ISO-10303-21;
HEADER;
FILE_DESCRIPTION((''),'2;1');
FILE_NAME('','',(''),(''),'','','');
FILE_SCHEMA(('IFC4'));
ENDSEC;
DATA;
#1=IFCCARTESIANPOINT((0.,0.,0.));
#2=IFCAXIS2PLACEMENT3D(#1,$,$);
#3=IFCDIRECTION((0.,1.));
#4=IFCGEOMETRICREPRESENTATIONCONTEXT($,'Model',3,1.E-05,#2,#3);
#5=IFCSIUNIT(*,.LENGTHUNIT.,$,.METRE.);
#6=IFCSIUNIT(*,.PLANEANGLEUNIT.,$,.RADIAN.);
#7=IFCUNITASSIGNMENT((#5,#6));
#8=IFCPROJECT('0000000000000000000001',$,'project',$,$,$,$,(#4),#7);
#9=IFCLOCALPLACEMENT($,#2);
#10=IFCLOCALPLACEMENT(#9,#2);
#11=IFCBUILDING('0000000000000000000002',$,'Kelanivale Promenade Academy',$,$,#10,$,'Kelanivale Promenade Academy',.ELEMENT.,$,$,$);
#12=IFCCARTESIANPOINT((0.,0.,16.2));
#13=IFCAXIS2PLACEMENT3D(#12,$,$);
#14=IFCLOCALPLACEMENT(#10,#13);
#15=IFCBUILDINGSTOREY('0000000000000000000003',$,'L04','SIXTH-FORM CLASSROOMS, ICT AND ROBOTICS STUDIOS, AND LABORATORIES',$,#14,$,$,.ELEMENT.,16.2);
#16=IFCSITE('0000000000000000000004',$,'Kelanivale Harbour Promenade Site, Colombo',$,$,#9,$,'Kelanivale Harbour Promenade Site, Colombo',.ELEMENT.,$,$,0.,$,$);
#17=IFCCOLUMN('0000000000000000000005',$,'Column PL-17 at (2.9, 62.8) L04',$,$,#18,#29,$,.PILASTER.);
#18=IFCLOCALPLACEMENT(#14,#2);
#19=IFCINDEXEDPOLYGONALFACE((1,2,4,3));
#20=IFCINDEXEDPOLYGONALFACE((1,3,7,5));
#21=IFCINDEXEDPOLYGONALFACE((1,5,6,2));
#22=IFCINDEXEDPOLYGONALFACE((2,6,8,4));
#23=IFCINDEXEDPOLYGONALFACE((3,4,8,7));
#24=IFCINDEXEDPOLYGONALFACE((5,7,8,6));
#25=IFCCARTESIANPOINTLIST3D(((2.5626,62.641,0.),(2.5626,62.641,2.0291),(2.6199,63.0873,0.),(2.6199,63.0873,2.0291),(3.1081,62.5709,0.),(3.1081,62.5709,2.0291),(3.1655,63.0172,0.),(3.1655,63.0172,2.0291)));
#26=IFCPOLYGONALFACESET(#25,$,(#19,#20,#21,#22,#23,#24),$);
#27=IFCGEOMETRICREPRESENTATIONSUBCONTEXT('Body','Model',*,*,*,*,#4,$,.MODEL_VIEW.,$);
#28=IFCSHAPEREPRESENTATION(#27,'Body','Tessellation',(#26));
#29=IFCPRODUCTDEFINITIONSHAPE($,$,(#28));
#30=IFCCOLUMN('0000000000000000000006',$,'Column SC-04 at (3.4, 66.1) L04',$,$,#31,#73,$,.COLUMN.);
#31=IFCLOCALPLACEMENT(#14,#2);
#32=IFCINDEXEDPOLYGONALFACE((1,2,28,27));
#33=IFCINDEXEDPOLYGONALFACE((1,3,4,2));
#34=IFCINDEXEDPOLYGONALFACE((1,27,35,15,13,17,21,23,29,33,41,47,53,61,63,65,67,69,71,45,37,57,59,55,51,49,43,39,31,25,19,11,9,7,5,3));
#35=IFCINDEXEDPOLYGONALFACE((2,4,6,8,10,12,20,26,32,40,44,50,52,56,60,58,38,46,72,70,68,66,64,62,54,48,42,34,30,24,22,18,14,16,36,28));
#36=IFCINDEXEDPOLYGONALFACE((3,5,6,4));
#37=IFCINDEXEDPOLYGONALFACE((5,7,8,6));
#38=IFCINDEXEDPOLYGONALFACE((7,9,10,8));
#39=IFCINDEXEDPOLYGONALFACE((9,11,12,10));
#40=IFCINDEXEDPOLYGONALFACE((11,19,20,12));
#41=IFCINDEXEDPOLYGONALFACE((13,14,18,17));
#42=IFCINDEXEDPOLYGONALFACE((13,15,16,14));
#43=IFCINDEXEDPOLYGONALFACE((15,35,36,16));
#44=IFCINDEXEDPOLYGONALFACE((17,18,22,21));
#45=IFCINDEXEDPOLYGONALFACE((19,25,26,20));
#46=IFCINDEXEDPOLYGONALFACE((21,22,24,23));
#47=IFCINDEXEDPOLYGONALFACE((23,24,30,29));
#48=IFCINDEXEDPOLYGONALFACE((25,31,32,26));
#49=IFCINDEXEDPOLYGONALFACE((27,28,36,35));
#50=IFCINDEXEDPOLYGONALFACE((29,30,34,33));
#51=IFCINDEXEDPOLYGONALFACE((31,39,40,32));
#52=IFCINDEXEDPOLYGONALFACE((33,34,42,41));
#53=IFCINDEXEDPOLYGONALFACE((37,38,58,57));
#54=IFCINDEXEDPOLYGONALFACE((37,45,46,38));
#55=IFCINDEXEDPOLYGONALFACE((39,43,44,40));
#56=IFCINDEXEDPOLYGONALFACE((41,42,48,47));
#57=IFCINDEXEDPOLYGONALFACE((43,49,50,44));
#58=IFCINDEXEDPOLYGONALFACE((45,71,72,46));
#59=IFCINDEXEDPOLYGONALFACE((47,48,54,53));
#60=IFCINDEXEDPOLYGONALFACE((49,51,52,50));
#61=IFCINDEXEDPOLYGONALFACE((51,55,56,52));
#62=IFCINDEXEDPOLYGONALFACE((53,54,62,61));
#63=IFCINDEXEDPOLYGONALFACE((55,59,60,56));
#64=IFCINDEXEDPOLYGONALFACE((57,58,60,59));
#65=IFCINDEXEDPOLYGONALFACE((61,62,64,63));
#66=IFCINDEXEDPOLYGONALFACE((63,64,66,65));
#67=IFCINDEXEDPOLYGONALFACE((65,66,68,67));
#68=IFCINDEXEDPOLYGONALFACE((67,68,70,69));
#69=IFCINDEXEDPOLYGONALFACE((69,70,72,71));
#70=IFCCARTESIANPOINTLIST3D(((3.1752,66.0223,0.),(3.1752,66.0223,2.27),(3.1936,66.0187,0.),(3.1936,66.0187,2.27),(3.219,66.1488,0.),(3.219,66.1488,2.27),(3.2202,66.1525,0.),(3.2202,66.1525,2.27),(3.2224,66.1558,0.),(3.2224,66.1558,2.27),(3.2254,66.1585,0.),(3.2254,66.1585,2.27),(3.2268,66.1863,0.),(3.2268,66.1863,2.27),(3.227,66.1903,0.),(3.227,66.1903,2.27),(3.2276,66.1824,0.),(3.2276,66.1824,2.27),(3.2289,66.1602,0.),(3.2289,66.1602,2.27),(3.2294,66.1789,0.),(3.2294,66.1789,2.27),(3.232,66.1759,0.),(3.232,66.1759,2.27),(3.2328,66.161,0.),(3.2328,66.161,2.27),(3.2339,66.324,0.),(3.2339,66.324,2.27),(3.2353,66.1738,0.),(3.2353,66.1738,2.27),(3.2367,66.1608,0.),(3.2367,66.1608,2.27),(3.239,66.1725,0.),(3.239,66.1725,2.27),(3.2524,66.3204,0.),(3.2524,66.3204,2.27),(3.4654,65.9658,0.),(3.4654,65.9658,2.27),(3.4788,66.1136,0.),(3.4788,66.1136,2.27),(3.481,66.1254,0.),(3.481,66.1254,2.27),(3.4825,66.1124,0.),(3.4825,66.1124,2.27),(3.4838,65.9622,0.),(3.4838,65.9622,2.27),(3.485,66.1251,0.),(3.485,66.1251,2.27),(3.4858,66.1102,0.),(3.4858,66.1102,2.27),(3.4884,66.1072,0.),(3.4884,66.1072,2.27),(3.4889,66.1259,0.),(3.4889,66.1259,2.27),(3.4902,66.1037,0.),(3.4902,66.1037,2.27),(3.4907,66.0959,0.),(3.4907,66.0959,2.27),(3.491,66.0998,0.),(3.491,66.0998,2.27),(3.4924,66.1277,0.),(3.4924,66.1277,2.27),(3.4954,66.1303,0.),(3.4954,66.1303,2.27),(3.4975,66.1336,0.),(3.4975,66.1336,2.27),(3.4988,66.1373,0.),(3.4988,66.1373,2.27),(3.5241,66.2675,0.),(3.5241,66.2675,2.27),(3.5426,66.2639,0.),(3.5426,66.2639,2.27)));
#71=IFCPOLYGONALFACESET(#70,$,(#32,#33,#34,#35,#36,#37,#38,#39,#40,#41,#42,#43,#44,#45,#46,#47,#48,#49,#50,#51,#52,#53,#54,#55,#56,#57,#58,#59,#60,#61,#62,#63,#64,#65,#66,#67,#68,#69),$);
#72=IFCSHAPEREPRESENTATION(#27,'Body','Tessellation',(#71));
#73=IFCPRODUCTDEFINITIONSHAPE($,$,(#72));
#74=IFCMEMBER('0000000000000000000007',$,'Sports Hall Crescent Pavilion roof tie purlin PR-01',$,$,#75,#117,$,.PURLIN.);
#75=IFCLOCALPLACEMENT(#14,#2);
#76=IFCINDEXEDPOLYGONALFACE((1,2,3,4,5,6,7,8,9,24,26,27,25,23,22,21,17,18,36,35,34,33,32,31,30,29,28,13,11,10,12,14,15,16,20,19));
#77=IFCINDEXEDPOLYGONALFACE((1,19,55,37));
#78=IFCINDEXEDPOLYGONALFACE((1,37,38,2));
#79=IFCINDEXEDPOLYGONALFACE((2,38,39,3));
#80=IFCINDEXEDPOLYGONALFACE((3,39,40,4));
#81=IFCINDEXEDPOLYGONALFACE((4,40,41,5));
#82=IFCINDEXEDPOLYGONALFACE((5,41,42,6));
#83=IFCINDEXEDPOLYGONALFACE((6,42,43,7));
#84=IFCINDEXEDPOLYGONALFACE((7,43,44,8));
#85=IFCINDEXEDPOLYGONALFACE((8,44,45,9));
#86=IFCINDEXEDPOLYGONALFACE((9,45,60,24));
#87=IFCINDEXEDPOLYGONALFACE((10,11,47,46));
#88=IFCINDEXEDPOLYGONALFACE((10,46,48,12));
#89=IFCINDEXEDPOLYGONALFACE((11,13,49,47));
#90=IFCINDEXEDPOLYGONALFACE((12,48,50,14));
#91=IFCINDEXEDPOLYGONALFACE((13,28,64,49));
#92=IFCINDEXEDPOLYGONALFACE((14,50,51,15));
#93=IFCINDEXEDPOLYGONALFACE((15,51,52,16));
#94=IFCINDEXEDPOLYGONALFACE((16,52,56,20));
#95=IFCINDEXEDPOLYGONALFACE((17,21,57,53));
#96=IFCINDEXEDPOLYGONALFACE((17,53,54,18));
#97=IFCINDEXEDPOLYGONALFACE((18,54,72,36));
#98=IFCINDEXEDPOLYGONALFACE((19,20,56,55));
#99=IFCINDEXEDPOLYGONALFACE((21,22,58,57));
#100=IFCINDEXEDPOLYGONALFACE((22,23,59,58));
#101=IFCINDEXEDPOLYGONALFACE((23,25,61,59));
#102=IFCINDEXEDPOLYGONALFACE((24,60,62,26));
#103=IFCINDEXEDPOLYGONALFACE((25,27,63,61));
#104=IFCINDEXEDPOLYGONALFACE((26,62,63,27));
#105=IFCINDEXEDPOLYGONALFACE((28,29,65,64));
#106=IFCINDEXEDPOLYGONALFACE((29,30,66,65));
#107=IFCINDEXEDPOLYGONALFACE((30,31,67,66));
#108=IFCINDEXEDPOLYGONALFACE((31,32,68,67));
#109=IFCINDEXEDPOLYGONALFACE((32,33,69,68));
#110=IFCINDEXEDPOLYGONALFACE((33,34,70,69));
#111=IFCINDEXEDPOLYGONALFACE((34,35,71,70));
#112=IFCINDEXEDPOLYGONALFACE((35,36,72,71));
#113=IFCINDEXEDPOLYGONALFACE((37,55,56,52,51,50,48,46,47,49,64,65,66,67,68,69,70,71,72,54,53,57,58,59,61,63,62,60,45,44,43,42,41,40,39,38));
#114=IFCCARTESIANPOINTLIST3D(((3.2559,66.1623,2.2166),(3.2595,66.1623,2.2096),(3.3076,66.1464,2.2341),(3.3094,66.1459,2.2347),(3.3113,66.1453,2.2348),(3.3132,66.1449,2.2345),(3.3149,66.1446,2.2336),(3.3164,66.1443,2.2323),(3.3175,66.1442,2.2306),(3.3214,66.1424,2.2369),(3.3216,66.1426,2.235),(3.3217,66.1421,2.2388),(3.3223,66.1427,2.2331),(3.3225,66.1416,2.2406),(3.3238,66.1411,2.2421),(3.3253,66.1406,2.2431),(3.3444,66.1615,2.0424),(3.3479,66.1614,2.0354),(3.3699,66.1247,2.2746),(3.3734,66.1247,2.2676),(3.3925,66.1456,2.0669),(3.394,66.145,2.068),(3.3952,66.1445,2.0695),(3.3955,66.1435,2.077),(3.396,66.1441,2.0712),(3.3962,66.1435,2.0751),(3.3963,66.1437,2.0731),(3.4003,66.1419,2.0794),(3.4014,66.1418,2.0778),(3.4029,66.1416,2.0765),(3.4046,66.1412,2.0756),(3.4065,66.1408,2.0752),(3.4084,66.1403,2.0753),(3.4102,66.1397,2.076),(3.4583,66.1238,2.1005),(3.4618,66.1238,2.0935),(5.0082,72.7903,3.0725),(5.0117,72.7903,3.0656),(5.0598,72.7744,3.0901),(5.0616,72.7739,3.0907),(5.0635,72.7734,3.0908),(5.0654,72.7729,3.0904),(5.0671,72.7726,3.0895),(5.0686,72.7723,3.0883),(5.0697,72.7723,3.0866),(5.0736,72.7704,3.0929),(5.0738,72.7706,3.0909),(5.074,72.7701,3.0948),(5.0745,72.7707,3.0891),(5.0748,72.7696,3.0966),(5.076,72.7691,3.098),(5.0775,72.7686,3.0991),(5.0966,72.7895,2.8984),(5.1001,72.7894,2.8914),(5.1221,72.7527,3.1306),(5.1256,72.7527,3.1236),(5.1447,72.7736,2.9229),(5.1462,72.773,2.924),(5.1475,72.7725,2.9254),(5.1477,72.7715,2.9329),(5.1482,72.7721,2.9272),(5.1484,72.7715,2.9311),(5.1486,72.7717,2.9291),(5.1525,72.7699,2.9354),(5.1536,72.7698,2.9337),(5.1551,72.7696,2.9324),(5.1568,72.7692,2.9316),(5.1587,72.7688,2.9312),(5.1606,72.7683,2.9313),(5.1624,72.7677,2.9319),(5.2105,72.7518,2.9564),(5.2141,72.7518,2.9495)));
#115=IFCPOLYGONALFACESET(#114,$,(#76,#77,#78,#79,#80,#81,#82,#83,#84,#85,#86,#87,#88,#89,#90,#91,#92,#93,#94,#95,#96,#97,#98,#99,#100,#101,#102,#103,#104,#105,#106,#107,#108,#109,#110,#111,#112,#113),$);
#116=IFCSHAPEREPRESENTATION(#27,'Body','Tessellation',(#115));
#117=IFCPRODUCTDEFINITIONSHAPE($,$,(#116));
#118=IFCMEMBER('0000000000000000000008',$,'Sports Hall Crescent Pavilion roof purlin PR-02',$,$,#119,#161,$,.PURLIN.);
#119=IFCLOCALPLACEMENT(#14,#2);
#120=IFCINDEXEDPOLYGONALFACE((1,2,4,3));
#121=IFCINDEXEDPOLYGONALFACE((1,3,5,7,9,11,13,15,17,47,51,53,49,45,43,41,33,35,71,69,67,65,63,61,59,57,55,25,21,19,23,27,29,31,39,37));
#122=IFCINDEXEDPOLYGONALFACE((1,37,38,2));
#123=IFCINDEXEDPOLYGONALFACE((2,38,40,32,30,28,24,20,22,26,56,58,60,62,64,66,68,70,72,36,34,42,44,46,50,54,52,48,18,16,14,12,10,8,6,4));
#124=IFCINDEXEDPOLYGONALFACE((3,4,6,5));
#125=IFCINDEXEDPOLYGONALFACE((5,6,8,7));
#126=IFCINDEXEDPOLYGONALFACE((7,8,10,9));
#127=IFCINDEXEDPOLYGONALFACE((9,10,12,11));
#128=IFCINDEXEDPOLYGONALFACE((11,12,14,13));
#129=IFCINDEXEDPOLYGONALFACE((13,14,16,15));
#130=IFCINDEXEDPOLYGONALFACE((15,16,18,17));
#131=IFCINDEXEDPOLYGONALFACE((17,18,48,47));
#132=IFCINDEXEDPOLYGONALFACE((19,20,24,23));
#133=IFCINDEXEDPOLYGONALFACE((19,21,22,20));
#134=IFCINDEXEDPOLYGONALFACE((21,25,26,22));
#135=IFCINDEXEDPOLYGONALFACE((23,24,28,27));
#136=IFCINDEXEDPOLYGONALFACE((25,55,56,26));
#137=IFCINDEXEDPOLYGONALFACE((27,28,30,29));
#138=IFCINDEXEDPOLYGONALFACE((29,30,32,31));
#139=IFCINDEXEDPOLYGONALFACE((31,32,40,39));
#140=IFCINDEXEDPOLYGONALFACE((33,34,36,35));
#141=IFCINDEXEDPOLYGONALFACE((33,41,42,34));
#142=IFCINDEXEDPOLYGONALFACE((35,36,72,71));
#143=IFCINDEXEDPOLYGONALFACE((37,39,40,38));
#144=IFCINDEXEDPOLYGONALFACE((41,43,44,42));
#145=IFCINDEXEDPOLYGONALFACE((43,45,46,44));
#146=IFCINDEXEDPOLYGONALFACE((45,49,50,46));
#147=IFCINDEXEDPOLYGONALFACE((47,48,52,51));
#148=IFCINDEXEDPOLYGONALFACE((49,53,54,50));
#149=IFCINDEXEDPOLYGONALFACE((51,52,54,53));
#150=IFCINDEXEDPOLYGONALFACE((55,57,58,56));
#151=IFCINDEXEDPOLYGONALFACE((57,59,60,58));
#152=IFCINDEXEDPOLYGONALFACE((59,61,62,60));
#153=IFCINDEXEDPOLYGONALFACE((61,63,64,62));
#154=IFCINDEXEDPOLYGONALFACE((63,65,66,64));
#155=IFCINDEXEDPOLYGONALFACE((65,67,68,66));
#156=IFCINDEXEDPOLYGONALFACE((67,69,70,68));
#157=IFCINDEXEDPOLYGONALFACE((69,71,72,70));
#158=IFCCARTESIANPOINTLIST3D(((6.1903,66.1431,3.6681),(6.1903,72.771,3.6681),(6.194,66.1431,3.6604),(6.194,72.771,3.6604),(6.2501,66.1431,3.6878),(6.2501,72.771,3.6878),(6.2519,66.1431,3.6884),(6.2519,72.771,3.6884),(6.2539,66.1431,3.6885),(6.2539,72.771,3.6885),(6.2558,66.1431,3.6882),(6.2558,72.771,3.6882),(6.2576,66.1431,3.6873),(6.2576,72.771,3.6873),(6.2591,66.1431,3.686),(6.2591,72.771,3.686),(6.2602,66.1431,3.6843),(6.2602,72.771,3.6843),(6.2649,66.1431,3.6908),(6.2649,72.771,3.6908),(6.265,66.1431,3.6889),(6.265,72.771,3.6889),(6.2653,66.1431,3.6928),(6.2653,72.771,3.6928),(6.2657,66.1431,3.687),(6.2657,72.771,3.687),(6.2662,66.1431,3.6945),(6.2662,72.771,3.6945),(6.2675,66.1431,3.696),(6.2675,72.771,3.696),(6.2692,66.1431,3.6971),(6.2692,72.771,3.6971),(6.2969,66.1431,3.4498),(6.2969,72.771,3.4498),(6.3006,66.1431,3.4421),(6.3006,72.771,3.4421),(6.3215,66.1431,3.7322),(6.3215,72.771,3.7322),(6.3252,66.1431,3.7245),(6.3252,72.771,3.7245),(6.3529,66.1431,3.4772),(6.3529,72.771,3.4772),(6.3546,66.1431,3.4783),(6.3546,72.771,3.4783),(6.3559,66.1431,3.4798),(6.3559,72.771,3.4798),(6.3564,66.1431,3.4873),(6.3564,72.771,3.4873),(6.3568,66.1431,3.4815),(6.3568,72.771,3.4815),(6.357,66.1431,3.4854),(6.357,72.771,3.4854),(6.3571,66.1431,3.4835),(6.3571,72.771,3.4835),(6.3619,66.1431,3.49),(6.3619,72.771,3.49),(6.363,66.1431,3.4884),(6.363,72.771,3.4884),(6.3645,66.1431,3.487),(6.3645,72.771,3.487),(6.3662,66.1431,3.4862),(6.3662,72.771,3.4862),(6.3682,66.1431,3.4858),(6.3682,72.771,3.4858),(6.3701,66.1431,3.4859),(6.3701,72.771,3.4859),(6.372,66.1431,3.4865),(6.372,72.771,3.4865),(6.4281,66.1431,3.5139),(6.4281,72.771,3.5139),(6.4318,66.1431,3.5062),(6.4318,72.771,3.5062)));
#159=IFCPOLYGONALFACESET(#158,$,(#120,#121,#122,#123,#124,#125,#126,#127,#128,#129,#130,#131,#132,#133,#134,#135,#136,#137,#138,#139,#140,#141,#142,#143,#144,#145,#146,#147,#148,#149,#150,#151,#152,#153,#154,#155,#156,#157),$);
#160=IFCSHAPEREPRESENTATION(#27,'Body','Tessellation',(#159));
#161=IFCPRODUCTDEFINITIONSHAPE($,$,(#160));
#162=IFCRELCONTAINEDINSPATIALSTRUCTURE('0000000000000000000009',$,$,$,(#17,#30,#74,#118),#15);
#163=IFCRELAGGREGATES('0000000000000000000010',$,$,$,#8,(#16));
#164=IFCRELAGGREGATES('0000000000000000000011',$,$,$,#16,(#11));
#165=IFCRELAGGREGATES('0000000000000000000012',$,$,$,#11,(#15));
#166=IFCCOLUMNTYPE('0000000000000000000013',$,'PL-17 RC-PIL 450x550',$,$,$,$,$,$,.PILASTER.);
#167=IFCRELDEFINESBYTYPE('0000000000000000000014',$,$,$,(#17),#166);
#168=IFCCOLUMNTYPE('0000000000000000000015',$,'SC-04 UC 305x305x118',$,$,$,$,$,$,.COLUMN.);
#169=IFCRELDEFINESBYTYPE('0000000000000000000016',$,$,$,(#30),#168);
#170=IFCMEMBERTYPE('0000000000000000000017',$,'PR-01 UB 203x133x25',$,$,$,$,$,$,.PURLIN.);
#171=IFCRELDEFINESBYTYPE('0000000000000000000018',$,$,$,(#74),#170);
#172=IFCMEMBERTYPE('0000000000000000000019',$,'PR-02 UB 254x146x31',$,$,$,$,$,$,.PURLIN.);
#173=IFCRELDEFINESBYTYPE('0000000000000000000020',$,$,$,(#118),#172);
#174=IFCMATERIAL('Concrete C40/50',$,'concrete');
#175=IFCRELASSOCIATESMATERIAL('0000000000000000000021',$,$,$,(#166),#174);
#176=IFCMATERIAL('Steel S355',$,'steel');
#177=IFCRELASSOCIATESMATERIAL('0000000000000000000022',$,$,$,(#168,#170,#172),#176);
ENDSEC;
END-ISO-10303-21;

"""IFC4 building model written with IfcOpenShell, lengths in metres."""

from ifc_helpers import new_model, si_unit, direction, frame, origin, origin_2d, place, context, subcontext, project, spatial, rectangle, i_section, extrude, material, material_profile, profile_set, type_object, element, save


model = new_model("IFC4")

# Units and contexts
model_context = context("Model", 3, precision=1e-05, world=origin(), true_north=direction((0.0, 1.0)))
body_context = subcontext(model_context, "Body", "Model", "MODEL_VIEW")
ifc_project = project(units=[si_unit("LENGTHUNIT", "METRE"), si_unit("PLANEANGLEUNIT", "RADIAN")], contexts=[model_context])

# Site, building, storey
site_placement = place(None, origin())
site = spatial("IfcSite", under=ifc_project, at=site_placement, Name="Kelanivale Harbour Promenade Site, Colombo", LongName="Kelanivale Harbour Promenade Site, Colombo", CompositionType="ELEMENT", RefElevation=0.0)
building_placement = place(site_placement, origin())
building = spatial("IfcBuilding", under=site, at=building_placement, Name="Kelanivale Promenade Academy", LongName="Kelanivale Promenade Academy", CompositionType="ELEMENT")
storey_placement = place(building_placement, frame((0.0, 0.0, 16.2)))
storey = spatial("IfcBuildingStorey", under=building, at=storey_placement, Name="L04", Description="SIXTH-FORM CLASSROOMS, ICT AND ROBOTICS STUDIOS, AND LABORATORIES", CompositionType="ELEMENT", Elevation=16.2)

# Columns
ifc_material_1 = material(Name="Concrete C40/50", Category="concrete")
ifc_material_profile_1 = material_profile(ifc_material_1, rectangle(XDim=0.45, YDim=0.55, at=origin_2d()), Name="RC-PIL 450x550")
ifc_profile_set_1 = profile_set([ifc_material_profile_1], Name="Concrete C40/50")
column_type_1 = type_object("IfcColumnType", Name="PL-17 RC-PIL 450x550", PredefinedType="PILASTER", material=ifc_profile_set_1)
column_1_placement = place(storey_placement, frame((2.864, 62.8291, 0.0), z_axis=(0.0, 0.0, 1.0), x_axis=(0.127411, 0.99185, 0.0)))
element("IfcColumn", 1, at=column_1_placement, inside=storey, type_object=column_type_1, Name="Column PL-17 at (2.9, 62.8) L04", PredefinedType="PILASTER", context=body_context, shape_type="SweptSolid", body=[
    extrude(rectangle(XDim=0.45, YDim=0.55, at=origin_2d()), origin(), (0.0, 0.0, 1.0), 2.0291),
])
ifc_material_2 = material(Name="Steel S355", Category="steel")
ifc_material_profile_2 = material_profile(ifc_material_2, i_section(OverallWidth=0.3074, OverallDepth=0.3145, WebThickness=0.012, FlangeThickness=0.0188, FilletRadius=0.0151, at=origin_2d()), Name="UC 305x305x118")
ifc_profile_set_2 = profile_set([ifc_material_profile_2], Name="Steel S355")
column_type_2 = type_object("IfcColumnType", Name="SC-04 UC 305x305x118", PredefinedType="COLUMN", material=ifc_profile_set_2)
column_2_placement = place(storey_placement, frame((3.3589, 66.1431, 0.0), z_axis=(0.0, 0.0, 1.0), x_axis=(0.191152, 0.981561, 0.0)))
element("IfcColumn", 2, at=column_2_placement, inside=storey, type_object=column_type_2, Name="Column SC-04 at (3.4, 66.1) L04", PredefinedType="COLUMN", context=body_context, shape_type="SweptSolid", body=[
    extrude(i_section(OverallWidth=0.3074, OverallDepth=0.3145, WebThickness=0.012, FlangeThickness=0.0188, FilletRadius=0.0151, at=origin_2d()), origin(), (0.0, 0.0, 1.0), 2.27),
])

# Members
ifc_material_profile_3 = material_profile(ifc_material_2, i_section(OverallWidth=0.1333, OverallDepth=0.2031, WebThickness=0.0056, FlangeThickness=0.0078, FilletRadius=0.0076, at=origin_2d()), Name="UB 203x133x25")
ifc_profile_set_3 = profile_set([ifc_material_profile_3], Name="Steel S355")
member_type_1 = type_object("IfcMemberType", Name="PR-01 UB 203x133x25", PredefinedType="PURLIN", material=ifc_profile_set_3)
member_1_placement = place(storey_placement, frame((3.3589, 66.1431, 2.155), z_axis=(0.253616, 0.959338, 0.123893), x_axis=(-0.854824, 0.282223, -0.435461)))
element("IfcMember", 3, at=member_1_placement, inside=storey, type_object=member_type_1, Name="Sports Hall Crescent Pavilion roof tie purlin PR-01", PredefinedType="PURLIN", context=body_context, shape_type="SweptSolid", body=[
    extrude(i_section(OverallWidth=0.1333, OverallDepth=0.2031, WebThickness=0.0056, FlangeThickness=0.0078, FilletRadius=0.0076, at=origin_2d()), origin(), (0.0, 0.0, 1.0), 6.9089),
])
ifc_material_profile_4 = material_profile(ifc_material_2, i_section(OverallWidth=0.146, OverallDepth=0.2515, WebThickness=0.0061, FlangeThickness=0.0085, FilletRadius=0.0076, at=origin_2d()), Name="UB 254x146x31")
ifc_profile_set_4 = profile_set([ifc_material_profile_4], Name="Steel S355")
member_type_2 = type_object("IfcMemberType", Name="PR-02 UB 254x146x31", PredefinedType="PURLIN", material=ifc_profile_set_4)
member_2_placement = place(storey_placement, frame((6.311, 66.1431, 3.5872), z_axis=(0.0, 1.0, 0.0), x_axis=(-0.898564, 0.0, -0.438842)))
element("IfcMember", 4, at=member_2_placement, inside=storey, type_object=member_type_2, Name="Sports Hall Crescent Pavilion roof purlin PR-02", PredefinedType="PURLIN", context=body_context, shape_type="SweptSolid", body=[
    extrude(i_section(OverallWidth=0.146, OverallDepth=0.2515, WebThickness=0.0061, FlangeThickness=0.0085, FilletRadius=0.0076, at=origin_2d()), origin(), (0.0, 0.0, 1.0), 6.6279),
])

save(model, "model.ifc")
